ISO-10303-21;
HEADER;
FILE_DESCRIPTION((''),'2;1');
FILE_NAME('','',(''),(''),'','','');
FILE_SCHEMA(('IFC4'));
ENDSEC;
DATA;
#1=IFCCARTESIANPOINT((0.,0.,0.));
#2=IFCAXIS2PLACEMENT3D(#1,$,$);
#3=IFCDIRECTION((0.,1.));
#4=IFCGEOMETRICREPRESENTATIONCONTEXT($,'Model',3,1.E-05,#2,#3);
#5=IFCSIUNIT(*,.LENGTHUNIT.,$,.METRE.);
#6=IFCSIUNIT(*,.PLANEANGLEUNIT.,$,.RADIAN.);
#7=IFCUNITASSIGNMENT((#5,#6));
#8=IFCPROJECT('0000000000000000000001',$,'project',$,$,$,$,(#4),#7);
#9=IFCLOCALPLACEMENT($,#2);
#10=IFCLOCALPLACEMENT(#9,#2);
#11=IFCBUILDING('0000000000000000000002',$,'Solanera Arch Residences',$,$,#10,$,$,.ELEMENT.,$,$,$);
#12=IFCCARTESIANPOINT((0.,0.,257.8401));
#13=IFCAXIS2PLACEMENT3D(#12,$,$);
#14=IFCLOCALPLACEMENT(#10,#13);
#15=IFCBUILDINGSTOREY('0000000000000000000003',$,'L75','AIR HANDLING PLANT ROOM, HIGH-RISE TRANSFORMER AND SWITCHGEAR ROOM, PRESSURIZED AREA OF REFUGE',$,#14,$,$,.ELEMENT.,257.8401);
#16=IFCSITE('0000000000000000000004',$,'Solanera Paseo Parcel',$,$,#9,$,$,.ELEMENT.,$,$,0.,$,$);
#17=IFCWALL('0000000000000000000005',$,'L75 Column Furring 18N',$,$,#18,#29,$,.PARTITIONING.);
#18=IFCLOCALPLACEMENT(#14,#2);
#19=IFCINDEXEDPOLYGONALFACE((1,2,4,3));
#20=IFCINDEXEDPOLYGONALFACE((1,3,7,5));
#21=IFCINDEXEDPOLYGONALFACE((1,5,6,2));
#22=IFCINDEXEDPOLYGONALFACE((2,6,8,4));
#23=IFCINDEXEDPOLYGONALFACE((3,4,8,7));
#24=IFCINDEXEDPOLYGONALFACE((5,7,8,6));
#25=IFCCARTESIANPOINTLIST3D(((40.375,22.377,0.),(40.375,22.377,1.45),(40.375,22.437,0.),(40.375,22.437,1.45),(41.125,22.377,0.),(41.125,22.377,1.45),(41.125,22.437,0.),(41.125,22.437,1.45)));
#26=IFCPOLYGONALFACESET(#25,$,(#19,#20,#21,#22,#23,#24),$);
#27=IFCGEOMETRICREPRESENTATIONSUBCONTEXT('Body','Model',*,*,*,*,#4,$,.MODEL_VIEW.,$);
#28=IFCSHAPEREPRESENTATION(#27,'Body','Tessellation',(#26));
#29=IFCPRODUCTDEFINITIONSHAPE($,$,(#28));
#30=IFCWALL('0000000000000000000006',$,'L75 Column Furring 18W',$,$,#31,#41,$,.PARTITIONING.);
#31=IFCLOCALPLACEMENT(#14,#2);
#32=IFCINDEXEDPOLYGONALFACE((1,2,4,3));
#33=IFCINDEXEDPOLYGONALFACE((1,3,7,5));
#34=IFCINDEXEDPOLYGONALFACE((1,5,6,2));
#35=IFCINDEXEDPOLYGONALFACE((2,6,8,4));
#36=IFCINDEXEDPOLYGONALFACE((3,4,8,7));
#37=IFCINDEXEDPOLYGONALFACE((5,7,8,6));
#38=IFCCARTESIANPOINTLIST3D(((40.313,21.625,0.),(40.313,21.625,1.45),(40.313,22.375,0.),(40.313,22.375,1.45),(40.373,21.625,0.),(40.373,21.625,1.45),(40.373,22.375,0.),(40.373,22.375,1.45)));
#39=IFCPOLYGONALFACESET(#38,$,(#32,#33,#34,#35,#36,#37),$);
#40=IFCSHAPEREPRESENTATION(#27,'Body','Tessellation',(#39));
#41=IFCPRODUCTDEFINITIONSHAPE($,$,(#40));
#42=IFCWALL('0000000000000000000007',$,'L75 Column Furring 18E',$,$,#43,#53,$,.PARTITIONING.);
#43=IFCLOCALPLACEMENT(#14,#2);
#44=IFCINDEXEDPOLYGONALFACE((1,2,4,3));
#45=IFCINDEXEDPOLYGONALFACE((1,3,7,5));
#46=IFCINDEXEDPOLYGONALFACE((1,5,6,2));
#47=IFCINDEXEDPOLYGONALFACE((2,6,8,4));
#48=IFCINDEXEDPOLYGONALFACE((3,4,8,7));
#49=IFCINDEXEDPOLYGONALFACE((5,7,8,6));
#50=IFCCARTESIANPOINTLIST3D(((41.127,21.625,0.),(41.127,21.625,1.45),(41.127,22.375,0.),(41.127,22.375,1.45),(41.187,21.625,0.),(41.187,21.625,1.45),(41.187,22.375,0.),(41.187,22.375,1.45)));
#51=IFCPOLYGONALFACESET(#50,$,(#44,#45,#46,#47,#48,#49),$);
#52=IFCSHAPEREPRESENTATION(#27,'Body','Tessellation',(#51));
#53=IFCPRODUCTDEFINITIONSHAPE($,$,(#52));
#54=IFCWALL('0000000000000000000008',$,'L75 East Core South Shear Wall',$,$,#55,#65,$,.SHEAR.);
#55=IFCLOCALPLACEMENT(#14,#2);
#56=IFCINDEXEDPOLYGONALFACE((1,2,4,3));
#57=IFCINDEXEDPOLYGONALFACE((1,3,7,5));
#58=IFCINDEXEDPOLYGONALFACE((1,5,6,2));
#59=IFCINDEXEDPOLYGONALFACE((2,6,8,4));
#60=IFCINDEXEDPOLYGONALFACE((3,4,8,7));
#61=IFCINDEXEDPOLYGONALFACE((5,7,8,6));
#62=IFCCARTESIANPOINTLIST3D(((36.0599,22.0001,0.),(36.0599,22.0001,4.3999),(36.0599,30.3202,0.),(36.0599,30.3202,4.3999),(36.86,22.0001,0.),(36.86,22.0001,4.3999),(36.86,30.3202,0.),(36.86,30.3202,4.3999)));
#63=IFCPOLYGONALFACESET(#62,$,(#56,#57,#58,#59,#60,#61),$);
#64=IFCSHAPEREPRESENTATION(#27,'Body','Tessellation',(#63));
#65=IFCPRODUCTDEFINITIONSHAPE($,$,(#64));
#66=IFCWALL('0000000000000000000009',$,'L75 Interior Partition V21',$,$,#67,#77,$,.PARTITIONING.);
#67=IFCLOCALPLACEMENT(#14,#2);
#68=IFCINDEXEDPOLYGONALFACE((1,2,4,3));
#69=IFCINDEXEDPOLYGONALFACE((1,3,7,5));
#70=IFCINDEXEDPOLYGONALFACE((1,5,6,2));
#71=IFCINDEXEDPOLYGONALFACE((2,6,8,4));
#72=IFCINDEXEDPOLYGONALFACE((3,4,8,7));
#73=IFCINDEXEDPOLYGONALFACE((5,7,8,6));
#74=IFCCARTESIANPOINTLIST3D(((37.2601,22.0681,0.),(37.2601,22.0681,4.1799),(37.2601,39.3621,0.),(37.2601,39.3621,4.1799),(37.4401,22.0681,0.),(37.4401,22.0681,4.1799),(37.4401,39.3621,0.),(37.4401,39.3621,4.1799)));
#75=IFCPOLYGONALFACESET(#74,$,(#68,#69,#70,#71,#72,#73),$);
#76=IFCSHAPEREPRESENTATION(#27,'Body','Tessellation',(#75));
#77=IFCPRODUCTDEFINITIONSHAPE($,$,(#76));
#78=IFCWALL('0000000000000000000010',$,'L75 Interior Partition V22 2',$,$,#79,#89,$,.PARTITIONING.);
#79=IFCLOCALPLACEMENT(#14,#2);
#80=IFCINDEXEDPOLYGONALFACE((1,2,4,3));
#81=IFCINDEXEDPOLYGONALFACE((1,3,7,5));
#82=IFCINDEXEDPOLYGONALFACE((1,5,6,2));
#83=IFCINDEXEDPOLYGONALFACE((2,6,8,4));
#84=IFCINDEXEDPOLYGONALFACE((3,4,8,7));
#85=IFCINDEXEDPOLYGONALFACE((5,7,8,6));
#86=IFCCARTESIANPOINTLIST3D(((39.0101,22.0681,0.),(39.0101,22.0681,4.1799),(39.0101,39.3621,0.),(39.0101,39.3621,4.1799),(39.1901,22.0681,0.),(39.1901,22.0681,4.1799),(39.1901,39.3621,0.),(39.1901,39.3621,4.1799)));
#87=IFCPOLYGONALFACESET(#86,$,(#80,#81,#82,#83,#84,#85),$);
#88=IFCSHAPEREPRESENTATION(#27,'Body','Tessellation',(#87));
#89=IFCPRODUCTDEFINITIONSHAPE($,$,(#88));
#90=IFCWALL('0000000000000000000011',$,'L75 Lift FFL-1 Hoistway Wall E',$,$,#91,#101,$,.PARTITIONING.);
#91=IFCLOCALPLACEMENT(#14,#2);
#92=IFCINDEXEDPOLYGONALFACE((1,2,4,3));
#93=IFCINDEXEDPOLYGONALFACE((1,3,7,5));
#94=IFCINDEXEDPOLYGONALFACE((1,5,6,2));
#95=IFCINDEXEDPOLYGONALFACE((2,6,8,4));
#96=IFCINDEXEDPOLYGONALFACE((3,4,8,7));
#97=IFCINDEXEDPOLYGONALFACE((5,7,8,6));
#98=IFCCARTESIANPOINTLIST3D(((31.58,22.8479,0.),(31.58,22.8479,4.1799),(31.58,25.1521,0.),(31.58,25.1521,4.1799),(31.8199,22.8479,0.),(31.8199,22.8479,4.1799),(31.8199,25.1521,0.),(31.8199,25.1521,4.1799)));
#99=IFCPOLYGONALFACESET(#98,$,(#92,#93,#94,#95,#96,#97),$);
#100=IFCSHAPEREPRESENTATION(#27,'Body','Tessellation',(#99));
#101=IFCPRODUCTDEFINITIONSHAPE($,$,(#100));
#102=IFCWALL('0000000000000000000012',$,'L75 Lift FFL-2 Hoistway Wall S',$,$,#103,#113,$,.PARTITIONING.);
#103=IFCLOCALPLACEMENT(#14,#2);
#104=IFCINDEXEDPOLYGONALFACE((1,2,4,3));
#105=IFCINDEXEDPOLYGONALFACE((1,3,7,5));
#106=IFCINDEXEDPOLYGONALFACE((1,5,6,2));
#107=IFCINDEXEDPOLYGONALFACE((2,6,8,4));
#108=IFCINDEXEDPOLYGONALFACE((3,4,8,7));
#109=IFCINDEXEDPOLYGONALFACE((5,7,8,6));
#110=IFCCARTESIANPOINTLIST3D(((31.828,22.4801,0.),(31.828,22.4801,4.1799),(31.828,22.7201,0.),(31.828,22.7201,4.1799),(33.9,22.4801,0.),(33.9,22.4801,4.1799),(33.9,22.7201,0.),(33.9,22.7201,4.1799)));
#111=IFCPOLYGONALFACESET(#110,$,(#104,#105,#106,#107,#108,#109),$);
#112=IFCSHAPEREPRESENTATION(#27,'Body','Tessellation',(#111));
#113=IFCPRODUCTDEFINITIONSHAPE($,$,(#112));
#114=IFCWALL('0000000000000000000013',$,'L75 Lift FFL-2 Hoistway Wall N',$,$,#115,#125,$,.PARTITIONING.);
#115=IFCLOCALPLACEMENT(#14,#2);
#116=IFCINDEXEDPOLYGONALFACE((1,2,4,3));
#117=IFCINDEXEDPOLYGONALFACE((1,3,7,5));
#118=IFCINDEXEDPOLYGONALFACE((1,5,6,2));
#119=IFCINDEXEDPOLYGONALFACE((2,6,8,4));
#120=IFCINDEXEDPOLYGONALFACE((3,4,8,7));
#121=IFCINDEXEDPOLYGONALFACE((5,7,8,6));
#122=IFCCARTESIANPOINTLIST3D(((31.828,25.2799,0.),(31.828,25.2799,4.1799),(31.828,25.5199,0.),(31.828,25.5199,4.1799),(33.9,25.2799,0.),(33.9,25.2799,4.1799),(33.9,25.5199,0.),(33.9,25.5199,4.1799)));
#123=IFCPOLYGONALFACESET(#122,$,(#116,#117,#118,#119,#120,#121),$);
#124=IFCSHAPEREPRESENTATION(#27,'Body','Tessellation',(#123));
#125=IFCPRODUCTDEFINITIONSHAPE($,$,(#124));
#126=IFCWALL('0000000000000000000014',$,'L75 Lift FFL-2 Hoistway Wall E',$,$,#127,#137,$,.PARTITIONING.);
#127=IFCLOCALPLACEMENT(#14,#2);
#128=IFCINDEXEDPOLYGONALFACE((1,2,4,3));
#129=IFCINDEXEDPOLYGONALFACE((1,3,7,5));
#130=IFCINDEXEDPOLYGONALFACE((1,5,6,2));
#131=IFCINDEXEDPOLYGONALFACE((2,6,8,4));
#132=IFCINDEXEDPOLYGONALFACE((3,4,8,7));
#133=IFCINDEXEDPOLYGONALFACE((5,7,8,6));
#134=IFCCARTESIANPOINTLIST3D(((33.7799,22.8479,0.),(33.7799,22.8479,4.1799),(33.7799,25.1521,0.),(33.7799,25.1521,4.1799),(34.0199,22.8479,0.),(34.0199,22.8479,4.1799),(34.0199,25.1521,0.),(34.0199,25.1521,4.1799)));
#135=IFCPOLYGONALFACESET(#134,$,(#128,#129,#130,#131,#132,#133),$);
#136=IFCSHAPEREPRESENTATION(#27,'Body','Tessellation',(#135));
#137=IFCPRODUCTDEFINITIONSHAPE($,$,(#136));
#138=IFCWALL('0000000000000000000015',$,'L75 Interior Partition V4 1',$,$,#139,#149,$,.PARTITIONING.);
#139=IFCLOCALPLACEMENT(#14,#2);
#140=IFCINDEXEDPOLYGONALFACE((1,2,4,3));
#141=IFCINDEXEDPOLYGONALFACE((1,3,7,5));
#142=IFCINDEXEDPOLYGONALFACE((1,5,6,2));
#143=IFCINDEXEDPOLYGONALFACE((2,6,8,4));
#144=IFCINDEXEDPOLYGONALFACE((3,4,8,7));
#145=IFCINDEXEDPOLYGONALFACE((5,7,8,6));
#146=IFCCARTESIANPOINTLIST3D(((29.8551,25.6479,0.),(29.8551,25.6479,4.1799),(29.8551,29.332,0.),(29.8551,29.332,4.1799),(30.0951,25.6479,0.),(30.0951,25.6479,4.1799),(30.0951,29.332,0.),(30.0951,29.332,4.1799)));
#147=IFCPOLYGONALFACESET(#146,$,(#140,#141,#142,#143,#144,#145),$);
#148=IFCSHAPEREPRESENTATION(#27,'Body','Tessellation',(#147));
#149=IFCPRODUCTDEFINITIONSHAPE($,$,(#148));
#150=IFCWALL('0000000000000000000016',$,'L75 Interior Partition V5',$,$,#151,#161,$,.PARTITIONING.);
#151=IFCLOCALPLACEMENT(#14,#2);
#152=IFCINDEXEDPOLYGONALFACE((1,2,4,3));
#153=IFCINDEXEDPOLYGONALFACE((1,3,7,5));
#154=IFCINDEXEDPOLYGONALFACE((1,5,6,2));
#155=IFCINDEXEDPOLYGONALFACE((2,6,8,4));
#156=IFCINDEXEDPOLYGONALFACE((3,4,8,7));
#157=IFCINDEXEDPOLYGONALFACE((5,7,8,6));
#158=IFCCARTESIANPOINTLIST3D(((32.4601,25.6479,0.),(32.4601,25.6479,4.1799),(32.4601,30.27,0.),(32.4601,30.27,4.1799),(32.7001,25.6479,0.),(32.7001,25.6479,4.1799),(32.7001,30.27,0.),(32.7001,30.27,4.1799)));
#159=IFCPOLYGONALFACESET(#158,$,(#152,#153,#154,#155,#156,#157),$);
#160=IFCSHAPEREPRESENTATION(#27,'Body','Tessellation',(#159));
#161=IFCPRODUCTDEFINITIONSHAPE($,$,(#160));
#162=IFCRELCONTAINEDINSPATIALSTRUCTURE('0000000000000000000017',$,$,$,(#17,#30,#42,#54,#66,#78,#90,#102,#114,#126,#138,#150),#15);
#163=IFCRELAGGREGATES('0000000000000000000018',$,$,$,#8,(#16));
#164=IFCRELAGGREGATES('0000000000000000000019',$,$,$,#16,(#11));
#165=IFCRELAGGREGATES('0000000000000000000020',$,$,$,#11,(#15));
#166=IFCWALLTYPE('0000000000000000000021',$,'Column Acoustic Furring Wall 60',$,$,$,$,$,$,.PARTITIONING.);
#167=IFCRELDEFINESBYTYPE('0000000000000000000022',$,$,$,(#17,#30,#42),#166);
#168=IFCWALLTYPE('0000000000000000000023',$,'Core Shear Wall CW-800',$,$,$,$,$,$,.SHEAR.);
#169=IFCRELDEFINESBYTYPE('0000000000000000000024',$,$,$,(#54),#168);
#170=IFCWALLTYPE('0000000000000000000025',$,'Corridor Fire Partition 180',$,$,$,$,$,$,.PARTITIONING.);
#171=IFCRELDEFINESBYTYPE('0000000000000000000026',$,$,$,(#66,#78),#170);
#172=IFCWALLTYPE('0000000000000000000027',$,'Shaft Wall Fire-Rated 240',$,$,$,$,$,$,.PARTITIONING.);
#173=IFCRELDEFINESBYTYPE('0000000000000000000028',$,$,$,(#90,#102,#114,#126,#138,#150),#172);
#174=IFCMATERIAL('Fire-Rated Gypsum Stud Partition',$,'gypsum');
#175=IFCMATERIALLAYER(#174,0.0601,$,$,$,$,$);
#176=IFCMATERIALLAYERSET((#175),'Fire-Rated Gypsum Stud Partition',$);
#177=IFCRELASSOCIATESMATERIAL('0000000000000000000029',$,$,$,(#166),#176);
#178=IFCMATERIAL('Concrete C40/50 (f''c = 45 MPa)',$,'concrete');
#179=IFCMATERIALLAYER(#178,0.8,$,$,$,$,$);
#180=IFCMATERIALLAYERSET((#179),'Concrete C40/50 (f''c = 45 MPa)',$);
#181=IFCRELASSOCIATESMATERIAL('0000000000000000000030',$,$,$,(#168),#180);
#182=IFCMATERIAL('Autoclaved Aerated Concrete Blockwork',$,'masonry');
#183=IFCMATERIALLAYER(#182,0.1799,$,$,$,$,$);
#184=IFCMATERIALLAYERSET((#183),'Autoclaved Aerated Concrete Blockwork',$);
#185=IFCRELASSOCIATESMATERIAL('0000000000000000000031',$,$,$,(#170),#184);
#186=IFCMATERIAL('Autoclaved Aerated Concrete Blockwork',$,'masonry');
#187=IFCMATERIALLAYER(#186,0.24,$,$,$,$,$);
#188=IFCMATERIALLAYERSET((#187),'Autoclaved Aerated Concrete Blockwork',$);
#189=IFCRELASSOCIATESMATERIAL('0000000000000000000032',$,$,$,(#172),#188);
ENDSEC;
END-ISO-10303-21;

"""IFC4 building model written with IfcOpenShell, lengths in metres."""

from ifc_helpers import new_model, si_unit, direction, frame, frame_2d, origin, place, context, subcontext, project, spatial, rectangle, extrude, material, layer, layer_set, type_object, element, save


model = new_model("IFC4")

# Units and contexts
model_context = context("Model", 3, precision=1e-05, world=origin(), true_north=direction((0.0, 1.0)))
body_context = subcontext(model_context, "Body", "Model", "MODEL_VIEW")
ifc_project = project(units=[si_unit("LENGTHUNIT", "METRE"), si_unit("PLANEANGLEUNIT", "RADIAN")], contexts=[model_context])

# Site, building, storey
site_placement = place(None, origin())
site = spatial("IfcSite", under=ifc_project, at=site_placement, Name="Solanera Paseo Parcel", CompositionType="ELEMENT", RefElevation=0.0)
building_placement = place(site_placement, origin())
building = spatial("IfcBuilding", under=site, at=building_placement, Name="Solanera Arch Residences", CompositionType="ELEMENT")
storey_placement = place(building_placement, frame((0.0, 0.0, 257.8401)))
storey = spatial("IfcBuildingStorey", under=building, at=storey_placement, Name="L75", Description="AIR HANDLING PLANT ROOM, HIGH-RISE TRANSFORMER AND SWITCHGEAR ROOM, PRESSURIZED AREA OF REFUGE", CompositionType="ELEMENT", Elevation=257.8401)

# Walls
ifc_material_1 = material(Name="Fire-Rated Gypsum Stud Partition", Category="gypsum")
ifc_layer_1 = layer(ifc_material_1, 0.0601)
ifc_layer_set_1 = layer_set([ifc_layer_1], Name="Fire-Rated Gypsum Stud Partition")
wall_type_1 = type_object("IfcWallType", Name="Column Acoustic Furring Wall 60", PredefinedType="PARTITIONING", material=ifc_layer_set_1)
for number, where, z_axis, x_axis, name in (
    (1, (40.375, 22.407, 0.0), (0.0, 0.0, 1.0), (1.0, 0.0, 0.0), "L75 Column Furring 18N"),
    (2, (40.343, 21.625, 0.0), (0.0, 0.0, 1.0), (0.0, 1.0, 0.0), "L75 Column Furring 18W"),
    (3, (41.157, 21.625, 0.0), (0.0, 0.0, 1.0), (0.0, 1.0, 0.0), "L75 Column Furring 18E"),
):
    element("IfcWall", number, at=place(storey_placement, frame(where, z_axis=z_axis, x_axis=x_axis)), inside=storey, type_object=wall_type_1, Name=name, PredefinedType="PARTITIONING", context=body_context, shape_type="SweptSolid", body=[
        extrude(rectangle(XDim=0.75, YDim=0.0601, at=frame_2d((0.375, 0.0))), origin(), (0.0, 0.0, 1.0), 1.45),
    ])
ifc_material_2 = material(Name="Concrete C40/50 (f'c = 45 MPa)", Category="concrete")
ifc_layer_2 = layer(ifc_material_2, 0.8)
ifc_layer_set_2 = layer_set([ifc_layer_2], Name="Concrete C40/50 (f'c = 45 MPa)")
wall_type_2 = type_object("IfcWallType", Name="Core Shear Wall CW-800", PredefinedType="SHEAR", material=ifc_layer_set_2)
wall_1_placement = place(storey_placement, frame((36.46, 22.0, 0.0), z_axis=(0.0, 0.0, 1.0), x_axis=(0.0, 1.0, 0.0)))
element("IfcWall", 4, at=wall_1_placement, inside=storey, type_object=wall_type_2, Name="L75 East Core South Shear Wall", PredefinedType="SHEAR", context=body_context, shape_type="SweptSolid", body=[
    extrude(rectangle(XDim=8.3201, YDim=0.8, at=frame_2d((4.1602, 0.0))), origin(), (0.0, 0.0, 1.0), 4.3999),
])
ifc_material_3 = material(Name="Autoclaved Aerated Concrete Blockwork", Category="masonry")
ifc_layer_3 = layer(ifc_material_3, 0.1799)
ifc_layer_set_3 = layer_set([ifc_layer_3], Name="Autoclaved Aerated Concrete Blockwork")
wall_type_3 = type_object("IfcWallType", Name="Corridor Fire Partition 180", PredefinedType="PARTITIONING", material=ifc_layer_set_3)
for number, where, z_axis, x_axis, name in (
    (5, (37.3501, 22.0681, 0.0), (0.0, 0.0, 1.0), (0.0, 1.0, 0.0), "L75 Interior Partition V21"),
    (6, (39.1001, 22.0681, 0.0), (0.0, 0.0, 1.0), (0.0, 1.0, 0.0), "L75 Interior Partition V22 2"),
):
    element("IfcWall", number, at=place(storey_placement, frame(where, z_axis=z_axis, x_axis=x_axis)), inside=storey, type_object=wall_type_3, Name=name, PredefinedType="PARTITIONING", context=body_context, shape_type="SweptSolid", body=[
        extrude(rectangle(XDim=17.2939, YDim=0.1799, at=frame_2d((8.647, 0.0))), origin(), (0.0, 0.0, 1.0), 4.1799),
    ])
ifc_material_4 = material(Name="Autoclaved Aerated Concrete Blockwork", Category="masonry")
ifc_layer_4 = layer(ifc_material_4, 0.24)
ifc_layer_set_4 = layer_set([ifc_layer_4], Name="Autoclaved Aerated Concrete Blockwork")
wall_type_4 = type_object("IfcWallType", Name="Shaft Wall Fire-Rated 240", PredefinedType="PARTITIONING", material=ifc_layer_set_4)
wall_2_placement = place(storey_placement, frame((31.7, 22.8479, 0.0), z_axis=(0.0, 0.0, 1.0), x_axis=(0.0, 1.0, 0.0)))
element("IfcWall", 7, at=wall_2_placement, inside=storey, type_object=wall_type_4, Name="L75 Lift FFL-1 Hoistway Wall E", PredefinedType="PARTITIONING", context=body_context, shape_type="SweptSolid", body=[
    extrude(rectangle(XDim=2.3042, YDim=0.24, at=frame_2d((1.1521, 0.0))), origin(), (0.0, 0.0, 1.0), 4.1799),
])
for number, where, z_axis, x_axis, name in (
    (8, (31.8279, 22.6001, 0.0), (0.0, 0.0, 1.0), (1.0, 0.0, 0.0), "L75 Lift FFL-2 Hoistway Wall S"),
    (9, (31.8279, 25.3999, 0.0), (0.0, 0.0, 1.0), (1.0, 0.0, 0.0), "L75 Lift FFL-2 Hoistway Wall N"),
):
    element("IfcWall", number, at=place(storey_placement, frame(where, z_axis=z_axis, x_axis=x_axis)), inside=storey, type_object=wall_type_4, Name=name, PredefinedType="PARTITIONING", context=body_context, shape_type="SweptSolid", body=[
        extrude(rectangle(XDim=2.072, YDim=0.24, at=frame_2d((1.0361, 0.0))), origin(), (0.0, 0.0, 1.0), 4.1799),
    ])
wall_3_placement = place(storey_placement, frame((33.8999, 22.8479, 0.0), z_axis=(0.0, 0.0, 1.0), x_axis=(0.0, 1.0, 0.0)))
element("IfcWall", 10, at=wall_3_placement, inside=storey, type_object=wall_type_4, Name="L75 Lift FFL-2 Hoistway Wall E", PredefinedType="PARTITIONING", context=body_context, shape_type="SweptSolid", body=[
    extrude(rectangle(XDim=2.3042, YDim=0.24, at=frame_2d((1.1521, 0.0))), origin(), (0.0, 0.0, 1.0), 4.1799),
])

# Wall
wall_4_placement = place(storey_placement, frame((29.9751, 25.6479, 0.0), z_axis=(0.0, 0.0, 1.0), x_axis=(0.0, 1.0, 0.0)))
element("IfcWall", 11, at=wall_4_placement, inside=storey, type_object=wall_type_4, Name="L75 Interior Partition V4 1", PredefinedType="PARTITIONING", context=body_context, shape_type="SweptSolid", body=[
    extrude(rectangle(XDim=3.6841, YDim=0.24, at=frame_2d((1.842, 0.0))), origin(), (0.0, 0.0, 1.0), 4.1799),
])

# Wall
wall_5_placement = place(storey_placement, frame((32.5801, 25.6479, 0.0), z_axis=(0.0, 0.0, 1.0), x_axis=(0.0, 1.0, 0.0)))
element("IfcWall", 12, at=wall_5_placement, inside=storey, type_object=wall_type_4, Name="L75 Interior Partition V5", PredefinedType="PARTITIONING", context=body_context, shape_type="SweptSolid", body=[
    extrude(rectangle(XDim=4.6221, YDim=0.24, at=frame_2d((2.311, 0.0))), origin(), (0.0, 0.0, 1.0), 4.1799),
])

save(model, "model.ifc")
